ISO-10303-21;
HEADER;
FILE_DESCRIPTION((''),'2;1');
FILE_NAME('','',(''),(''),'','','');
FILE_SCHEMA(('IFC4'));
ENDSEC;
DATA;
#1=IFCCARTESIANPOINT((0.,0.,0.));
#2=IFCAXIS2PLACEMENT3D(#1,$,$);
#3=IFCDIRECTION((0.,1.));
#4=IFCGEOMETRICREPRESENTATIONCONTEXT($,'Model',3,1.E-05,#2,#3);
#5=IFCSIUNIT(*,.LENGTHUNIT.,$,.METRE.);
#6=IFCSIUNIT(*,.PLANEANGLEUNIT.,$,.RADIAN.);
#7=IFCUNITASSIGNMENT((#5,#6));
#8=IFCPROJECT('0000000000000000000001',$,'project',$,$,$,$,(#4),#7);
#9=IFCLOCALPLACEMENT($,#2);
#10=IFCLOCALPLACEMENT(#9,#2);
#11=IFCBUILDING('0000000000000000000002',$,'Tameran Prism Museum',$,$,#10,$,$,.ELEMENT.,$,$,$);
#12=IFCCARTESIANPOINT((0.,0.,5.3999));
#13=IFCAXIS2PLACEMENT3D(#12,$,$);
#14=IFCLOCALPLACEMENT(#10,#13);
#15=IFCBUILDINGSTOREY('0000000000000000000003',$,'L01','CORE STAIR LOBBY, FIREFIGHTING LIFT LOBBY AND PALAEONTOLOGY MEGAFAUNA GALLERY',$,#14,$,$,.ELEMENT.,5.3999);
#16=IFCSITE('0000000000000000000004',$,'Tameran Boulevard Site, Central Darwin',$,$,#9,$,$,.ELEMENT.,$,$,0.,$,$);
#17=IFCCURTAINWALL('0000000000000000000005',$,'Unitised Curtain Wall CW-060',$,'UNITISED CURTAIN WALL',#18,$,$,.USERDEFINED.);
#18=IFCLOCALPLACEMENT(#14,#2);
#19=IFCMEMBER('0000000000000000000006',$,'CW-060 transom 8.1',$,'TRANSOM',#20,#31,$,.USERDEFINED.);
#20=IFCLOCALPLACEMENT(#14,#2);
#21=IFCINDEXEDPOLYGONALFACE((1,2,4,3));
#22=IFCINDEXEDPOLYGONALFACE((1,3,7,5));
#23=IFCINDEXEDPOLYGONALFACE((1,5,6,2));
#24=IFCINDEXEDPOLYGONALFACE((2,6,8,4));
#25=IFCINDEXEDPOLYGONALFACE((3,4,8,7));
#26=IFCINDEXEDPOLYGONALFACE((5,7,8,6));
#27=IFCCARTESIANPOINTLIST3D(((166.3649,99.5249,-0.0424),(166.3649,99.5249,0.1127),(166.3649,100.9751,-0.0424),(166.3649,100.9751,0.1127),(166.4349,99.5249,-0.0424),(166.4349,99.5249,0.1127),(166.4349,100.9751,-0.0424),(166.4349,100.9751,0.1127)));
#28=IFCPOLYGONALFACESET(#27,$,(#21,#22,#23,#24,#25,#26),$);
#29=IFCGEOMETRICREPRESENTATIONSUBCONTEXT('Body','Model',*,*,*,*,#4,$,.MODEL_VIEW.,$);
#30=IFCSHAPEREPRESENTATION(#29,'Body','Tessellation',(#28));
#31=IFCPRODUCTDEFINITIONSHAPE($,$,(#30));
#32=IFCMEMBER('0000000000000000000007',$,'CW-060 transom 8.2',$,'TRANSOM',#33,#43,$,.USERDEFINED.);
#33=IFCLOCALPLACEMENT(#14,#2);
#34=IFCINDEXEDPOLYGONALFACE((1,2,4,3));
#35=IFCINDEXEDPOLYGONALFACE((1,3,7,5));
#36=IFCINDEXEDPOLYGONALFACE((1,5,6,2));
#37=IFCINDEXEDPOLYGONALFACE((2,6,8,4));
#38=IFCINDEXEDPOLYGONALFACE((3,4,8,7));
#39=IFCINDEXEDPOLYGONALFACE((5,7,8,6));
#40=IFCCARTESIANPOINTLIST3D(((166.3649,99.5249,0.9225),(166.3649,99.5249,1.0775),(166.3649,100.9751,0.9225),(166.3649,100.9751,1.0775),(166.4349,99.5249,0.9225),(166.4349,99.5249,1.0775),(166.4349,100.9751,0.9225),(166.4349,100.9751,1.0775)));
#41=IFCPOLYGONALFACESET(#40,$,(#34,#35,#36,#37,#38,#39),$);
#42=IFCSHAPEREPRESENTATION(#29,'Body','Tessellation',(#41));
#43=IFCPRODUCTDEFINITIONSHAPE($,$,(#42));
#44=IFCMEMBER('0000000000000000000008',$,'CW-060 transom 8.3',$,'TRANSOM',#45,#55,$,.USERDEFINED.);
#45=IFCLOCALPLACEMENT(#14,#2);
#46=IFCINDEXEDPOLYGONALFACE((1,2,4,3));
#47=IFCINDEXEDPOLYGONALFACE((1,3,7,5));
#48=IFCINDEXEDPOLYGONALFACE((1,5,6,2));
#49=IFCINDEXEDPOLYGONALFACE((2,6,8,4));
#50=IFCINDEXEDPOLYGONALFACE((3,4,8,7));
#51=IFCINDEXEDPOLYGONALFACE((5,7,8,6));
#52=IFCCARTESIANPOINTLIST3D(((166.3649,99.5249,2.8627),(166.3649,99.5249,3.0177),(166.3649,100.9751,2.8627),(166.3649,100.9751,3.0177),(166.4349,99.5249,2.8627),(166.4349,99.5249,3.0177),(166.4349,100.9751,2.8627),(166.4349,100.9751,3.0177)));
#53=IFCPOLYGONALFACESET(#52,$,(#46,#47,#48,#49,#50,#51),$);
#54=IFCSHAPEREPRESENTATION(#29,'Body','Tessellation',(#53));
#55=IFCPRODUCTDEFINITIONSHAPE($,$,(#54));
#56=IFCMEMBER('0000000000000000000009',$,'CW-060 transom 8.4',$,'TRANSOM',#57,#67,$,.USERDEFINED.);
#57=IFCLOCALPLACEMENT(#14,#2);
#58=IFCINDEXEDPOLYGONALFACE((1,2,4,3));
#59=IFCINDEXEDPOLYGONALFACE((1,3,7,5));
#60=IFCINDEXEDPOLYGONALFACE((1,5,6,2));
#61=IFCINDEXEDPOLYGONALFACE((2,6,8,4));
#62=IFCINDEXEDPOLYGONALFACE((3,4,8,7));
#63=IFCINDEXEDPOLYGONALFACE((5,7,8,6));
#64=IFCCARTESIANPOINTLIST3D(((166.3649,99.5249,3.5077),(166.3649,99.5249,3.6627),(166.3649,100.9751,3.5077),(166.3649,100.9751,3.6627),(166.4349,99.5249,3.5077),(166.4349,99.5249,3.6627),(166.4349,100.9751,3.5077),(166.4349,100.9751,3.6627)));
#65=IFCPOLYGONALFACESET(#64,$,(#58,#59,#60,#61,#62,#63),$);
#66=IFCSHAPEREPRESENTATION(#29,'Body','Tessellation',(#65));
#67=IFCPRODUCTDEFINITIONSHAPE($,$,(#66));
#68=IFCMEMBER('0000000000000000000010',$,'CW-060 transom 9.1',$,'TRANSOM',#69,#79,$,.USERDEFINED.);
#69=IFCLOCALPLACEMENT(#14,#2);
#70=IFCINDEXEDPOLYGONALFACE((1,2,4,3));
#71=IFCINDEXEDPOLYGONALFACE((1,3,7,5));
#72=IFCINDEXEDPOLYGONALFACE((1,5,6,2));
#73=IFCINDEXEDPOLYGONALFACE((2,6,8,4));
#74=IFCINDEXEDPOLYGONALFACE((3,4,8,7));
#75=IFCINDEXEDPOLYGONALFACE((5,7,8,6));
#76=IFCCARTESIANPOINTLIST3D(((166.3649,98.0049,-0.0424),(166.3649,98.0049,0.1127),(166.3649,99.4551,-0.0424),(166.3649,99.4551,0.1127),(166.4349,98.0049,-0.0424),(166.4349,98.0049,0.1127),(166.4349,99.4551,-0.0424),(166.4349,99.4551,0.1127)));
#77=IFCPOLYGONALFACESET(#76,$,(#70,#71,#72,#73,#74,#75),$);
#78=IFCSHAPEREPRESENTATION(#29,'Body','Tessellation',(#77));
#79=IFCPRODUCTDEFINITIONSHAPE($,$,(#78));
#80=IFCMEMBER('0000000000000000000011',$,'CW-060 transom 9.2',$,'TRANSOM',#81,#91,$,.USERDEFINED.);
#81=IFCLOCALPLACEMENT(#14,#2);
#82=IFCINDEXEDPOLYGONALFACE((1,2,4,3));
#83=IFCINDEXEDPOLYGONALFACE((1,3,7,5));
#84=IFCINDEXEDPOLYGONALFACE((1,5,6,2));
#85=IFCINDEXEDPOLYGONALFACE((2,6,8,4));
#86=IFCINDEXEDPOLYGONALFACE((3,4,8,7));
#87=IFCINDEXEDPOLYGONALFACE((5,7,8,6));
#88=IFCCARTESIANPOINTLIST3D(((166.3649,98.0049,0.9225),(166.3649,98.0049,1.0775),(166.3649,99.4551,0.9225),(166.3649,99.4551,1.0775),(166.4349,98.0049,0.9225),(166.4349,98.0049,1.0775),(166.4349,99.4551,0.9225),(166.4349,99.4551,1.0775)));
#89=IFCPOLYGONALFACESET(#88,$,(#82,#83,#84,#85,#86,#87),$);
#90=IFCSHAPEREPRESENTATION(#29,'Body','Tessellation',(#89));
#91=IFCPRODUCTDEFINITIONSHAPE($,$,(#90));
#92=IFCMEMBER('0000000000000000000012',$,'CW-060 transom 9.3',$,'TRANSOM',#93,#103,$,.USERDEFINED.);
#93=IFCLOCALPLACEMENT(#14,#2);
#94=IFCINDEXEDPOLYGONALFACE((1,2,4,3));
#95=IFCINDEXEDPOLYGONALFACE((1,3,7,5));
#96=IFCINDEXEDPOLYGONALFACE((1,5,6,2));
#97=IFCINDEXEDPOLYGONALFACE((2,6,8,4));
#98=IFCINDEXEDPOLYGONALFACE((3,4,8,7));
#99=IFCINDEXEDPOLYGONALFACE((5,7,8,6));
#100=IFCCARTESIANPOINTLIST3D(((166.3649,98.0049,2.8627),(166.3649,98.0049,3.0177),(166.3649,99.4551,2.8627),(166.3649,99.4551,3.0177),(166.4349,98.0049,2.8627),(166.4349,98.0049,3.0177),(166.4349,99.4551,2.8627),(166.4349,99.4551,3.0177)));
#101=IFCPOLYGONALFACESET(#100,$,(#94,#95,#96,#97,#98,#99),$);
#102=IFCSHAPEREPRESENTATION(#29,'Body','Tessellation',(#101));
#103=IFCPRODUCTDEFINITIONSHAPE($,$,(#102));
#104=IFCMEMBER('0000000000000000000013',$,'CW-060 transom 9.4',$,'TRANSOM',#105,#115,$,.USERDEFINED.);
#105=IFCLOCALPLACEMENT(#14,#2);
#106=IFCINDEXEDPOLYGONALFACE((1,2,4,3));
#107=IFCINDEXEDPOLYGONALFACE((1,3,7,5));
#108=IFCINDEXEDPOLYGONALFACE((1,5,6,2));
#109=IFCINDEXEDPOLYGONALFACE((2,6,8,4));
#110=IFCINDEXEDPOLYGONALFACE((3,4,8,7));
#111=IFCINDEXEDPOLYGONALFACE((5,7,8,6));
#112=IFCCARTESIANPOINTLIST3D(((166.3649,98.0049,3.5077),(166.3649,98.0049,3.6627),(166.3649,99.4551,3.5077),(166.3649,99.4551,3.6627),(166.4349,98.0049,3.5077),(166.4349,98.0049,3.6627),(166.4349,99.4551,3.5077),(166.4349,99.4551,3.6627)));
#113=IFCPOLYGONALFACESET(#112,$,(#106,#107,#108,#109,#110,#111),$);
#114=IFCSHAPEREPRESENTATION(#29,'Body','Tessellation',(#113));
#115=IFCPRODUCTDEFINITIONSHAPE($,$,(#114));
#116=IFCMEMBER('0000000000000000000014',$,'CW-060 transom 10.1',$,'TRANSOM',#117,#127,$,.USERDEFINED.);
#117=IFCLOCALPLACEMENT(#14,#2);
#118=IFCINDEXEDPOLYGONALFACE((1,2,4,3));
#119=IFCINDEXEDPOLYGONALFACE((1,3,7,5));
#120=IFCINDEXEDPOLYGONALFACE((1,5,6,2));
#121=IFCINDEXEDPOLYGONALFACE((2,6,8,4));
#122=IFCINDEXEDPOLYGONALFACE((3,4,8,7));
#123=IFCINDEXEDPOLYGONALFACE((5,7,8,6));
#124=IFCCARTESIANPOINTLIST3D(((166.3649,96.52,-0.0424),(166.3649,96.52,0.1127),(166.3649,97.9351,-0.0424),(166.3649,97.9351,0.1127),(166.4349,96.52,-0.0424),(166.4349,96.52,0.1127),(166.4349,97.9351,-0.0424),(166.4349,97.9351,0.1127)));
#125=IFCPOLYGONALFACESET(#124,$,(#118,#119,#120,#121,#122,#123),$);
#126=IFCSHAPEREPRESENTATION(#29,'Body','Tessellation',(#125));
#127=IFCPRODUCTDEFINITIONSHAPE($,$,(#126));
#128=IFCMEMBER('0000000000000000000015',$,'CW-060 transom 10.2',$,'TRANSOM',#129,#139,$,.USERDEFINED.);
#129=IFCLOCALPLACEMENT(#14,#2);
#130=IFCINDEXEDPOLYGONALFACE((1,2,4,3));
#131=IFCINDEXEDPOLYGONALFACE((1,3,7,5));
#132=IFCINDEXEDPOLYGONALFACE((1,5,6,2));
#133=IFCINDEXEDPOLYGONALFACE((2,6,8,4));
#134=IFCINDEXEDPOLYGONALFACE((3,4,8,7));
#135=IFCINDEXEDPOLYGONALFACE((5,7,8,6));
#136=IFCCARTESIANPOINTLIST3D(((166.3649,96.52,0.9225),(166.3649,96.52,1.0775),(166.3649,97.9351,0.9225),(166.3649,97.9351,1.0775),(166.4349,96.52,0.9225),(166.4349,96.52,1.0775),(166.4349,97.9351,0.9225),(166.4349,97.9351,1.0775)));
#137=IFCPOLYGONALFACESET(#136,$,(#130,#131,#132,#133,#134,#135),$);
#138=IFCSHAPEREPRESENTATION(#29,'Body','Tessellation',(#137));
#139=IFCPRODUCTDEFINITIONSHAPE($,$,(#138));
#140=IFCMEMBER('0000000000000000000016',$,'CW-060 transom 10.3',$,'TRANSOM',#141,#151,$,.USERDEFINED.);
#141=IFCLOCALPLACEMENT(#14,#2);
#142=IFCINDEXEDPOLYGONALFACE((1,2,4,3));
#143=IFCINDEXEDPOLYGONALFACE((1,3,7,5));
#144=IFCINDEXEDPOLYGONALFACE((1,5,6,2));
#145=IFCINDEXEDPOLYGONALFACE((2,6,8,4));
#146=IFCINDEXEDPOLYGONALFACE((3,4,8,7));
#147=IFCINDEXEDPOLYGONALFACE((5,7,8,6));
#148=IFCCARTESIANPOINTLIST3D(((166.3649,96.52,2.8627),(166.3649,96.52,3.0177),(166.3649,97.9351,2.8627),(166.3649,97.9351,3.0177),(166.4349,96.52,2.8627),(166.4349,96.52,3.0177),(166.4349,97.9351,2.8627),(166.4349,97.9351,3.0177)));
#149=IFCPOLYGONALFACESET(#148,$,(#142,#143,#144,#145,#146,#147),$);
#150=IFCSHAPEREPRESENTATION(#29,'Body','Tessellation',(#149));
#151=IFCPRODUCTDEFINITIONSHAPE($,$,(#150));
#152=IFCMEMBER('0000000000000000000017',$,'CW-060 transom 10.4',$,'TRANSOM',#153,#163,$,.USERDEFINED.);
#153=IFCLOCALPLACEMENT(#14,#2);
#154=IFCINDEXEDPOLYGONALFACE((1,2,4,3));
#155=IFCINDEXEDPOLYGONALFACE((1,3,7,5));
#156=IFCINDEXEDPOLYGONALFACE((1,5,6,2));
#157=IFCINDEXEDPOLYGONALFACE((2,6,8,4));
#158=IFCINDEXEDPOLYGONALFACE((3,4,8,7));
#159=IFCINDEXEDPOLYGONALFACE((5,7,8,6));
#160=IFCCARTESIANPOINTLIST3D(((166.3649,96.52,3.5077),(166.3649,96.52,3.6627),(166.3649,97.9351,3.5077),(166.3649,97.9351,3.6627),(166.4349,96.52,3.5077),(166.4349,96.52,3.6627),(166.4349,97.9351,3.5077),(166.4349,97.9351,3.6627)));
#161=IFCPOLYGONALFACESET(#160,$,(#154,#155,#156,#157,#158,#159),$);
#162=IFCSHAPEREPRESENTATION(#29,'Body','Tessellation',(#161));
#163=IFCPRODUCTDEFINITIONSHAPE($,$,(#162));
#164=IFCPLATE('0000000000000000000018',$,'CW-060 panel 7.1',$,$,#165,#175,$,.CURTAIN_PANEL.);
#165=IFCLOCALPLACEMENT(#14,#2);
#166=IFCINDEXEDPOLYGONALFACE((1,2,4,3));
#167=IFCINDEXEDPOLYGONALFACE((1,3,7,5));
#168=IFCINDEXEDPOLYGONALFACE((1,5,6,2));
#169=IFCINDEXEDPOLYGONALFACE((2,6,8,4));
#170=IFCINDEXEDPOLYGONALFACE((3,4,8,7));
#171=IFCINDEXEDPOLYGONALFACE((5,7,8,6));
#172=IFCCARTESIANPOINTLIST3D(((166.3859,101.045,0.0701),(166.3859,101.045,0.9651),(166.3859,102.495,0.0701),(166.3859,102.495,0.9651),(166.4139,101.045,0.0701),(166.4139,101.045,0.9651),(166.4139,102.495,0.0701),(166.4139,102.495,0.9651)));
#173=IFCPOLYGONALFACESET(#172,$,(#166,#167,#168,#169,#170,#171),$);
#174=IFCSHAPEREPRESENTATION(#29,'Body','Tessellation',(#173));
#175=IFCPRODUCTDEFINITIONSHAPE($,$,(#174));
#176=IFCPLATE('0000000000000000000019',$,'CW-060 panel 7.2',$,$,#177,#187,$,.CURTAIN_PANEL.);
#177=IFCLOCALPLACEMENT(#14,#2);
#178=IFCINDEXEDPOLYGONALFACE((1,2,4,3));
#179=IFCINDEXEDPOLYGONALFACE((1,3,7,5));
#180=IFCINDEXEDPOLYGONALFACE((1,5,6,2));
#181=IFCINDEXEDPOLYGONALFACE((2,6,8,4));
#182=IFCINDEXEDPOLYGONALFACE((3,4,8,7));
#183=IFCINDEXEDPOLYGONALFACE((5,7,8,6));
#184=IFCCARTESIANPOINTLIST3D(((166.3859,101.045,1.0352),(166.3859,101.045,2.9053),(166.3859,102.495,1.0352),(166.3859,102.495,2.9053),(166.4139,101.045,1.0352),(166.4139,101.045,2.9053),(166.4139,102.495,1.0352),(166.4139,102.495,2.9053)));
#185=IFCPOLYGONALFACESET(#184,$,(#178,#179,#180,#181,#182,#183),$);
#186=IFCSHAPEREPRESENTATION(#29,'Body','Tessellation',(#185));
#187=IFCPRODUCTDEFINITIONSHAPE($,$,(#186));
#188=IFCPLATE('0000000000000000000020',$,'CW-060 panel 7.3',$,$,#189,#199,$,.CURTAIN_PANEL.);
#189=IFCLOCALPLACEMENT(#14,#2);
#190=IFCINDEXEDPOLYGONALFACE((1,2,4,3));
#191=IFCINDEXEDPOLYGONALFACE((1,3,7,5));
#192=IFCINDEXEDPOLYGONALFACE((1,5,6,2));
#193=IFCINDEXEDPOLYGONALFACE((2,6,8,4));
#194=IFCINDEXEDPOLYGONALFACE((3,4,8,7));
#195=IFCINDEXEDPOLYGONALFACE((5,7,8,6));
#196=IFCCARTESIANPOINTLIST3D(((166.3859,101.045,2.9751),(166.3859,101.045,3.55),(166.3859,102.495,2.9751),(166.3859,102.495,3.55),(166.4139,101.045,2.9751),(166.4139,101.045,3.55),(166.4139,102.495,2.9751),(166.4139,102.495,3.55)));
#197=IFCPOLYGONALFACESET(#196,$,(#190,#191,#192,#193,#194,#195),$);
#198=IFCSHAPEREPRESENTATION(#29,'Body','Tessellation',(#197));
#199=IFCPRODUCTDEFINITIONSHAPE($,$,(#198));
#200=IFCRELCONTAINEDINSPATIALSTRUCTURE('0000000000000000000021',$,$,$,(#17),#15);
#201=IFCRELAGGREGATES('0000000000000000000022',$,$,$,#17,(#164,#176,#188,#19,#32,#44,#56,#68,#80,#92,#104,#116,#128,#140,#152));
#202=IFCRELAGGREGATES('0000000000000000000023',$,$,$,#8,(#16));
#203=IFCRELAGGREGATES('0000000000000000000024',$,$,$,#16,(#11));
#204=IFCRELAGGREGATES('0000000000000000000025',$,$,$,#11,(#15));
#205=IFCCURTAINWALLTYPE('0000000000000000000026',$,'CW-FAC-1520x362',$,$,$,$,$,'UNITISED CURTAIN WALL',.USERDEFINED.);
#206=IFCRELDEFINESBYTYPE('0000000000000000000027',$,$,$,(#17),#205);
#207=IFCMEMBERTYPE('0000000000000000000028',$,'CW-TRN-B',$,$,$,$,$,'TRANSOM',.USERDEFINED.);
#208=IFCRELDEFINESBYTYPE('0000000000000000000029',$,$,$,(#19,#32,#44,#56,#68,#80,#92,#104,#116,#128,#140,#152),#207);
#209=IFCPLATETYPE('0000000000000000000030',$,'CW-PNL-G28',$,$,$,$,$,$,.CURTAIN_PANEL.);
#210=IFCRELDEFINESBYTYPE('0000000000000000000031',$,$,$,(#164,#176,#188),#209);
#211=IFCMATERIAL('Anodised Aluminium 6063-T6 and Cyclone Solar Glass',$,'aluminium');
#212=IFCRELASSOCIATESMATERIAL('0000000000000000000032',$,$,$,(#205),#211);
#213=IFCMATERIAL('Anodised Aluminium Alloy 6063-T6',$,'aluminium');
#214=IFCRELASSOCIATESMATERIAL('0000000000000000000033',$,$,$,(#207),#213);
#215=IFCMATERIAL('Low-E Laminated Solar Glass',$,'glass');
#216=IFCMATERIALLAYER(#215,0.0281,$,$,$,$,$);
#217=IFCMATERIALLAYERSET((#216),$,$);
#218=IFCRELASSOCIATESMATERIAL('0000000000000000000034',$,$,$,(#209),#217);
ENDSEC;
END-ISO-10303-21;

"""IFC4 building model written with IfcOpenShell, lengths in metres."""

from ifc_helpers import new_model, si_unit, direction, frame, origin, origin_2d, place, context, subcontext, project, spatial, rectangle, extrude, material, layer, layer_set, material_profile, profile_set, type_object, element, aggregate, save


model = new_model("IFC4")

# Units and contexts
model_context = context("Model", 3, precision=1e-05, world=origin(), true_north=direction((0.0, 1.0)))
body_context = subcontext(model_context, "Body", "Model", "MODEL_VIEW")
ifc_project = project(units=[si_unit("LENGTHUNIT", "METRE"), si_unit("PLANEANGLEUNIT", "RADIAN")], contexts=[model_context])

# Site, building, storey
site_placement = place(None, origin())
site = spatial("IfcSite", under=ifc_project, at=site_placement, Name="Tameran Boulevard Site, Central Darwin", CompositionType="ELEMENT", RefElevation=0.0)
building_placement = place(site_placement, origin())
building = spatial("IfcBuilding", under=site, at=building_placement, Name="Tameran Prism Museum", CompositionType="ELEMENT")
storey_placement = place(building_placement, frame((0.0, 0.0, 5.3999)))
storey = spatial("IfcBuildingStorey", under=building, at=storey_placement, Name="L01", Description="CORE STAIR LOBBY, FIREFIGHTING LIFT LOBBY AND PALAEONTOLOGY MEGAFAUNA GALLERY", CompositionType="ELEMENT", Elevation=5.3999)

# Curtain wall, members, plates
ifc_material_1 = material(Name="Anodised Aluminium 6063-T6 and Cyclone Solar Glass", Category="aluminium")
curtain_wall_type = type_object("IfcCurtainWallType", Name="CW-FAC-1520x362", ElementType="UNITISED CURTAIN WALL", PredefinedType="USERDEFINED", material=ifc_material_1)
curtain_wall_placement = place(storey_placement, origin())
curtain_wall = element("IfcCurtainWall", 1, at=curtain_wall_placement, inside=storey, type_object=curtain_wall_type, Name="Unitised Curtain Wall CW-060", ObjectType="UNITISED CURTAIN WALL", PredefinedType="USERDEFINED")
ifc_material_2 = material(Name="Anodised Aluminium Alloy 6063-T6", Category="aluminium")
ifc_material_profile_1 = material_profile(ifc_material_2, rectangle(XDim=0.0701, YDim=0.155, at=origin_2d()))
ifc_profile_set_1 = profile_set([ifc_material_profile_1])
member_type_1 = type_object("IfcMemberType", Name="CW-TRN-B", ElementType="TRANSOM", PredefinedType="USERDEFINED", material=ifc_profile_set_1)
member_1_placement = place(storey_placement, frame((166.3999, 100.9751, 0.0352), z_axis=(0.0, -1.0, 0.0), x_axis=(1.0, 0.0, 0.0)))
member_1 = element("IfcMember", 2, at=member_1_placement, type_object=member_type_1, Name="CW-060 transom 8.1", ObjectType="TRANSOM", PredefinedType="USERDEFINED", context=body_context, shape_type="SweptSolid", body=[
    extrude(rectangle(XDim=0.0701, YDim=0.155, at=origin_2d()), origin(), (0.0, 0.0, 1.0), 1.4502),
])
member_2_placement = place(storey_placement, frame((166.3999, 100.9751, 1.0), z_axis=(0.0, -1.0, 0.0), x_axis=(1.0, 0.0, 0.0)))
member_2 = element("IfcMember", 3, at=member_2_placement, type_object=member_type_1, Name="CW-060 transom 8.2", ObjectType="TRANSOM", PredefinedType="USERDEFINED", context=body_context, shape_type="SweptSolid", body=[
    extrude(rectangle(XDim=0.0701, YDim=0.155, at=origin_2d()), origin(), (0.0, 0.0, 1.0), 1.4502),
])
member_3_placement = place(storey_placement, frame((166.3999, 100.9751, 2.9402), z_axis=(0.0, -1.0, 0.0), x_axis=(1.0, 0.0, 0.0)))
member_3 = element("IfcMember", 4, at=member_3_placement, type_object=member_type_1, Name="CW-060 transom 8.3", ObjectType="TRANSOM", PredefinedType="USERDEFINED", context=body_context, shape_type="SweptSolid", body=[
    extrude(rectangle(XDim=0.0701, YDim=0.155, at=origin_2d()), origin(), (0.0, 0.0, 1.0), 1.4502),
])
member_4_placement = place(storey_placement, frame((166.3999, 100.9751, 3.5852), z_axis=(0.0, -1.0, 0.0), x_axis=(1.0, 0.0, 0.0)))
member_4 = element("IfcMember", 5, at=member_4_placement, type_object=member_type_1, Name="CW-060 transom 8.4", ObjectType="TRANSOM", PredefinedType="USERDEFINED", context=body_context, shape_type="SweptSolid", body=[
    extrude(rectangle(XDim=0.0701, YDim=0.155, at=origin_2d()), origin(), (0.0, 0.0, 1.0), 1.4502),
])
member_5_placement = place(storey_placement, frame((166.3999, 99.4551, 0.0352), z_axis=(0.0, -1.0, 0.0), x_axis=(1.0, 0.0, 0.0)))
member_5 = element("IfcMember", 6, at=member_5_placement, type_object=member_type_1, Name="CW-060 transom 9.1", ObjectType="TRANSOM", PredefinedType="USERDEFINED", context=body_context, shape_type="SweptSolid", body=[
    extrude(rectangle(XDim=0.0701, YDim=0.155, at=origin_2d()), origin(), (0.0, 0.0, 1.0), 1.4502),
])
member_6_placement = place(storey_placement, frame((166.3999, 99.4551, 1.0), z_axis=(0.0, -1.0, 0.0), x_axis=(1.0, 0.0, 0.0)))
member_6 = element("IfcMember", 7, at=member_6_placement, type_object=member_type_1, Name="CW-060 transom 9.2", ObjectType="TRANSOM", PredefinedType="USERDEFINED", context=body_context, shape_type="SweptSolid", body=[
    extrude(rectangle(XDim=0.0701, YDim=0.155, at=origin_2d()), origin(), (0.0, 0.0, 1.0), 1.4502),
])
member_7_placement = place(storey_placement, frame((166.3999, 99.4551, 2.9402), z_axis=(0.0, -1.0, 0.0), x_axis=(1.0, 0.0, 0.0)))
member_7 = element("IfcMember", 8, at=member_7_placement, type_object=member_type_1, Name="CW-060 transom 9.3", ObjectType="TRANSOM", PredefinedType="USERDEFINED", context=body_context, shape_type="SweptSolid", body=[
    extrude(rectangle(XDim=0.0701, YDim=0.155, at=origin_2d()), origin(), (0.0, 0.0, 1.0), 1.4502),
])
member_8_placement = place(storey_placement, frame((166.3999, 99.4551, 3.5852), z_axis=(0.0, -1.0, 0.0), x_axis=(1.0, 0.0, 0.0)))
member_8 = element("IfcMember", 9, at=member_8_placement, type_object=member_type_1, Name="CW-060 transom 9.4", ObjectType="TRANSOM", PredefinedType="USERDEFINED", context=body_context, shape_type="SweptSolid", body=[
    extrude(rectangle(XDim=0.0701, YDim=0.155, at=origin_2d()), origin(), (0.0, 0.0, 1.0), 1.4502),
])
member_9_placement = place(storey_placement, frame((166.3999, 97.9351, 0.0352), z_axis=(0.0, -1.0, 0.0), x_axis=(1.0, 0.0, 0.0)))
member_9 = element("IfcMember", 10, at=member_9_placement, type_object=member_type_1, Name="CW-060 transom 10.1", ObjectType="TRANSOM", PredefinedType="USERDEFINED", context=body_context, shape_type="SweptSolid", body=[
    extrude(rectangle(XDim=0.0701, YDim=0.155, at=origin_2d()), origin(), (0.0, 0.0, 1.0), 1.415),
])
member_10_placement = place(storey_placement, frame((166.3999, 97.9351, 1.0), z_axis=(0.0, -1.0, 0.0), x_axis=(1.0, 0.0, 0.0)))
member_10 = element("IfcMember", 11, at=member_10_placement, type_object=member_type_1, Name="CW-060 transom 10.2", ObjectType="TRANSOM", PredefinedType="USERDEFINED", context=body_context, shape_type="SweptSolid", body=[
    extrude(rectangle(XDim=0.0701, YDim=0.155, at=origin_2d()), origin(), (0.0, 0.0, 1.0), 1.415),
])
member_11_placement = place(storey_placement, frame((166.3999, 97.9351, 2.9402), z_axis=(0.0, -1.0, 0.0), x_axis=(1.0, 0.0, 0.0)))
member_11 = element("IfcMember", 12, at=member_11_placement, type_object=member_type_1, Name="CW-060 transom 10.3", ObjectType="TRANSOM", PredefinedType="USERDEFINED", context=body_context, shape_type="SweptSolid", body=[
    extrude(rectangle(XDim=0.0701, YDim=0.155, at=origin_2d()), origin(), (0.0, 0.0, 1.0), 1.415),
])
member_12_placement = place(storey_placement, frame((166.3999, 97.9351, 3.5852), z_axis=(0.0, -1.0, 0.0), x_axis=(1.0, 0.0, 0.0)))
member_12 = element("IfcMember", 13, at=member_12_placement, type_object=member_type_1, Name="CW-060 transom 10.4", ObjectType="TRANSOM", PredefinedType="USERDEFINED", context=body_context, shape_type="SweptSolid", body=[
    extrude(rectangle(XDim=0.0701, YDim=0.155, at=origin_2d()), origin(), (0.0, 0.0, 1.0), 1.415),
])
ifc_material_3 = material(Name="Low-E Laminated Solar Glass", Category="glass")
ifc_layer_1 = layer(ifc_material_3, 0.0281)
ifc_layer_set_1 = layer_set([ifc_layer_1])
plate_type = type_object("IfcPlateType", Name="CW-PNL-G28", PredefinedType="CURTAIN_PANEL", material=ifc_layer_set_1)
plate_1_placement = place(storey_placement, frame((166.3999, 101.77, 0.0701), z_axis=(0.0, 0.0, 1.0), x_axis=(0.0, -1.0, 0.0)))
plate_1 = element("IfcPlate", 14, at=plate_1_placement, type_object=plate_type, Name="CW-060 panel 7.1", PredefinedType="CURTAIN_PANEL", context=body_context, shape_type="SweptSolid", body=[
    extrude(rectangle(XDim=1.45, YDim=0.0281, at=origin_2d()), origin(), (0.0, 0.0, 1.0), 0.895),
])
plate_2_placement = place(storey_placement, frame((166.3999, 101.77, 1.0352), z_axis=(0.0, 0.0, 1.0), x_axis=(0.0, -1.0, 0.0)))
plate_2 = element("IfcPlate", 15, at=plate_2_placement, type_object=plate_type, Name="CW-060 panel 7.2", PredefinedType="CURTAIN_PANEL", context=body_context, shape_type="SweptSolid", body=[
    extrude(rectangle(XDim=1.45, YDim=0.0281, at=origin_2d()), origin(), (0.0, 0.0, 1.0), 1.8701),
])
plate_3_placement = place(storey_placement, frame((166.3999, 101.77, 2.9751), z_axis=(0.0, 0.0, 1.0), x_axis=(0.0, -1.0, 0.0)))
plate_3 = element("IfcPlate", 16, at=plate_3_placement, type_object=plate_type, Name="CW-060 panel 7.3", PredefinedType="CURTAIN_PANEL", context=body_context, shape_type="SweptSolid", body=[
    extrude(rectangle(XDim=1.45, YDim=0.0281, at=origin_2d()), origin(), (0.0, 0.0, 1.0), 0.575),
])
aggregate(curtain_wall, [plate_1, plate_2, plate_3, member_1, member_2, member_3, member_4, member_5, member_6, member_7, member_8, member_9, member_10, member_11, member_12])

save(model, "model.ifc")
